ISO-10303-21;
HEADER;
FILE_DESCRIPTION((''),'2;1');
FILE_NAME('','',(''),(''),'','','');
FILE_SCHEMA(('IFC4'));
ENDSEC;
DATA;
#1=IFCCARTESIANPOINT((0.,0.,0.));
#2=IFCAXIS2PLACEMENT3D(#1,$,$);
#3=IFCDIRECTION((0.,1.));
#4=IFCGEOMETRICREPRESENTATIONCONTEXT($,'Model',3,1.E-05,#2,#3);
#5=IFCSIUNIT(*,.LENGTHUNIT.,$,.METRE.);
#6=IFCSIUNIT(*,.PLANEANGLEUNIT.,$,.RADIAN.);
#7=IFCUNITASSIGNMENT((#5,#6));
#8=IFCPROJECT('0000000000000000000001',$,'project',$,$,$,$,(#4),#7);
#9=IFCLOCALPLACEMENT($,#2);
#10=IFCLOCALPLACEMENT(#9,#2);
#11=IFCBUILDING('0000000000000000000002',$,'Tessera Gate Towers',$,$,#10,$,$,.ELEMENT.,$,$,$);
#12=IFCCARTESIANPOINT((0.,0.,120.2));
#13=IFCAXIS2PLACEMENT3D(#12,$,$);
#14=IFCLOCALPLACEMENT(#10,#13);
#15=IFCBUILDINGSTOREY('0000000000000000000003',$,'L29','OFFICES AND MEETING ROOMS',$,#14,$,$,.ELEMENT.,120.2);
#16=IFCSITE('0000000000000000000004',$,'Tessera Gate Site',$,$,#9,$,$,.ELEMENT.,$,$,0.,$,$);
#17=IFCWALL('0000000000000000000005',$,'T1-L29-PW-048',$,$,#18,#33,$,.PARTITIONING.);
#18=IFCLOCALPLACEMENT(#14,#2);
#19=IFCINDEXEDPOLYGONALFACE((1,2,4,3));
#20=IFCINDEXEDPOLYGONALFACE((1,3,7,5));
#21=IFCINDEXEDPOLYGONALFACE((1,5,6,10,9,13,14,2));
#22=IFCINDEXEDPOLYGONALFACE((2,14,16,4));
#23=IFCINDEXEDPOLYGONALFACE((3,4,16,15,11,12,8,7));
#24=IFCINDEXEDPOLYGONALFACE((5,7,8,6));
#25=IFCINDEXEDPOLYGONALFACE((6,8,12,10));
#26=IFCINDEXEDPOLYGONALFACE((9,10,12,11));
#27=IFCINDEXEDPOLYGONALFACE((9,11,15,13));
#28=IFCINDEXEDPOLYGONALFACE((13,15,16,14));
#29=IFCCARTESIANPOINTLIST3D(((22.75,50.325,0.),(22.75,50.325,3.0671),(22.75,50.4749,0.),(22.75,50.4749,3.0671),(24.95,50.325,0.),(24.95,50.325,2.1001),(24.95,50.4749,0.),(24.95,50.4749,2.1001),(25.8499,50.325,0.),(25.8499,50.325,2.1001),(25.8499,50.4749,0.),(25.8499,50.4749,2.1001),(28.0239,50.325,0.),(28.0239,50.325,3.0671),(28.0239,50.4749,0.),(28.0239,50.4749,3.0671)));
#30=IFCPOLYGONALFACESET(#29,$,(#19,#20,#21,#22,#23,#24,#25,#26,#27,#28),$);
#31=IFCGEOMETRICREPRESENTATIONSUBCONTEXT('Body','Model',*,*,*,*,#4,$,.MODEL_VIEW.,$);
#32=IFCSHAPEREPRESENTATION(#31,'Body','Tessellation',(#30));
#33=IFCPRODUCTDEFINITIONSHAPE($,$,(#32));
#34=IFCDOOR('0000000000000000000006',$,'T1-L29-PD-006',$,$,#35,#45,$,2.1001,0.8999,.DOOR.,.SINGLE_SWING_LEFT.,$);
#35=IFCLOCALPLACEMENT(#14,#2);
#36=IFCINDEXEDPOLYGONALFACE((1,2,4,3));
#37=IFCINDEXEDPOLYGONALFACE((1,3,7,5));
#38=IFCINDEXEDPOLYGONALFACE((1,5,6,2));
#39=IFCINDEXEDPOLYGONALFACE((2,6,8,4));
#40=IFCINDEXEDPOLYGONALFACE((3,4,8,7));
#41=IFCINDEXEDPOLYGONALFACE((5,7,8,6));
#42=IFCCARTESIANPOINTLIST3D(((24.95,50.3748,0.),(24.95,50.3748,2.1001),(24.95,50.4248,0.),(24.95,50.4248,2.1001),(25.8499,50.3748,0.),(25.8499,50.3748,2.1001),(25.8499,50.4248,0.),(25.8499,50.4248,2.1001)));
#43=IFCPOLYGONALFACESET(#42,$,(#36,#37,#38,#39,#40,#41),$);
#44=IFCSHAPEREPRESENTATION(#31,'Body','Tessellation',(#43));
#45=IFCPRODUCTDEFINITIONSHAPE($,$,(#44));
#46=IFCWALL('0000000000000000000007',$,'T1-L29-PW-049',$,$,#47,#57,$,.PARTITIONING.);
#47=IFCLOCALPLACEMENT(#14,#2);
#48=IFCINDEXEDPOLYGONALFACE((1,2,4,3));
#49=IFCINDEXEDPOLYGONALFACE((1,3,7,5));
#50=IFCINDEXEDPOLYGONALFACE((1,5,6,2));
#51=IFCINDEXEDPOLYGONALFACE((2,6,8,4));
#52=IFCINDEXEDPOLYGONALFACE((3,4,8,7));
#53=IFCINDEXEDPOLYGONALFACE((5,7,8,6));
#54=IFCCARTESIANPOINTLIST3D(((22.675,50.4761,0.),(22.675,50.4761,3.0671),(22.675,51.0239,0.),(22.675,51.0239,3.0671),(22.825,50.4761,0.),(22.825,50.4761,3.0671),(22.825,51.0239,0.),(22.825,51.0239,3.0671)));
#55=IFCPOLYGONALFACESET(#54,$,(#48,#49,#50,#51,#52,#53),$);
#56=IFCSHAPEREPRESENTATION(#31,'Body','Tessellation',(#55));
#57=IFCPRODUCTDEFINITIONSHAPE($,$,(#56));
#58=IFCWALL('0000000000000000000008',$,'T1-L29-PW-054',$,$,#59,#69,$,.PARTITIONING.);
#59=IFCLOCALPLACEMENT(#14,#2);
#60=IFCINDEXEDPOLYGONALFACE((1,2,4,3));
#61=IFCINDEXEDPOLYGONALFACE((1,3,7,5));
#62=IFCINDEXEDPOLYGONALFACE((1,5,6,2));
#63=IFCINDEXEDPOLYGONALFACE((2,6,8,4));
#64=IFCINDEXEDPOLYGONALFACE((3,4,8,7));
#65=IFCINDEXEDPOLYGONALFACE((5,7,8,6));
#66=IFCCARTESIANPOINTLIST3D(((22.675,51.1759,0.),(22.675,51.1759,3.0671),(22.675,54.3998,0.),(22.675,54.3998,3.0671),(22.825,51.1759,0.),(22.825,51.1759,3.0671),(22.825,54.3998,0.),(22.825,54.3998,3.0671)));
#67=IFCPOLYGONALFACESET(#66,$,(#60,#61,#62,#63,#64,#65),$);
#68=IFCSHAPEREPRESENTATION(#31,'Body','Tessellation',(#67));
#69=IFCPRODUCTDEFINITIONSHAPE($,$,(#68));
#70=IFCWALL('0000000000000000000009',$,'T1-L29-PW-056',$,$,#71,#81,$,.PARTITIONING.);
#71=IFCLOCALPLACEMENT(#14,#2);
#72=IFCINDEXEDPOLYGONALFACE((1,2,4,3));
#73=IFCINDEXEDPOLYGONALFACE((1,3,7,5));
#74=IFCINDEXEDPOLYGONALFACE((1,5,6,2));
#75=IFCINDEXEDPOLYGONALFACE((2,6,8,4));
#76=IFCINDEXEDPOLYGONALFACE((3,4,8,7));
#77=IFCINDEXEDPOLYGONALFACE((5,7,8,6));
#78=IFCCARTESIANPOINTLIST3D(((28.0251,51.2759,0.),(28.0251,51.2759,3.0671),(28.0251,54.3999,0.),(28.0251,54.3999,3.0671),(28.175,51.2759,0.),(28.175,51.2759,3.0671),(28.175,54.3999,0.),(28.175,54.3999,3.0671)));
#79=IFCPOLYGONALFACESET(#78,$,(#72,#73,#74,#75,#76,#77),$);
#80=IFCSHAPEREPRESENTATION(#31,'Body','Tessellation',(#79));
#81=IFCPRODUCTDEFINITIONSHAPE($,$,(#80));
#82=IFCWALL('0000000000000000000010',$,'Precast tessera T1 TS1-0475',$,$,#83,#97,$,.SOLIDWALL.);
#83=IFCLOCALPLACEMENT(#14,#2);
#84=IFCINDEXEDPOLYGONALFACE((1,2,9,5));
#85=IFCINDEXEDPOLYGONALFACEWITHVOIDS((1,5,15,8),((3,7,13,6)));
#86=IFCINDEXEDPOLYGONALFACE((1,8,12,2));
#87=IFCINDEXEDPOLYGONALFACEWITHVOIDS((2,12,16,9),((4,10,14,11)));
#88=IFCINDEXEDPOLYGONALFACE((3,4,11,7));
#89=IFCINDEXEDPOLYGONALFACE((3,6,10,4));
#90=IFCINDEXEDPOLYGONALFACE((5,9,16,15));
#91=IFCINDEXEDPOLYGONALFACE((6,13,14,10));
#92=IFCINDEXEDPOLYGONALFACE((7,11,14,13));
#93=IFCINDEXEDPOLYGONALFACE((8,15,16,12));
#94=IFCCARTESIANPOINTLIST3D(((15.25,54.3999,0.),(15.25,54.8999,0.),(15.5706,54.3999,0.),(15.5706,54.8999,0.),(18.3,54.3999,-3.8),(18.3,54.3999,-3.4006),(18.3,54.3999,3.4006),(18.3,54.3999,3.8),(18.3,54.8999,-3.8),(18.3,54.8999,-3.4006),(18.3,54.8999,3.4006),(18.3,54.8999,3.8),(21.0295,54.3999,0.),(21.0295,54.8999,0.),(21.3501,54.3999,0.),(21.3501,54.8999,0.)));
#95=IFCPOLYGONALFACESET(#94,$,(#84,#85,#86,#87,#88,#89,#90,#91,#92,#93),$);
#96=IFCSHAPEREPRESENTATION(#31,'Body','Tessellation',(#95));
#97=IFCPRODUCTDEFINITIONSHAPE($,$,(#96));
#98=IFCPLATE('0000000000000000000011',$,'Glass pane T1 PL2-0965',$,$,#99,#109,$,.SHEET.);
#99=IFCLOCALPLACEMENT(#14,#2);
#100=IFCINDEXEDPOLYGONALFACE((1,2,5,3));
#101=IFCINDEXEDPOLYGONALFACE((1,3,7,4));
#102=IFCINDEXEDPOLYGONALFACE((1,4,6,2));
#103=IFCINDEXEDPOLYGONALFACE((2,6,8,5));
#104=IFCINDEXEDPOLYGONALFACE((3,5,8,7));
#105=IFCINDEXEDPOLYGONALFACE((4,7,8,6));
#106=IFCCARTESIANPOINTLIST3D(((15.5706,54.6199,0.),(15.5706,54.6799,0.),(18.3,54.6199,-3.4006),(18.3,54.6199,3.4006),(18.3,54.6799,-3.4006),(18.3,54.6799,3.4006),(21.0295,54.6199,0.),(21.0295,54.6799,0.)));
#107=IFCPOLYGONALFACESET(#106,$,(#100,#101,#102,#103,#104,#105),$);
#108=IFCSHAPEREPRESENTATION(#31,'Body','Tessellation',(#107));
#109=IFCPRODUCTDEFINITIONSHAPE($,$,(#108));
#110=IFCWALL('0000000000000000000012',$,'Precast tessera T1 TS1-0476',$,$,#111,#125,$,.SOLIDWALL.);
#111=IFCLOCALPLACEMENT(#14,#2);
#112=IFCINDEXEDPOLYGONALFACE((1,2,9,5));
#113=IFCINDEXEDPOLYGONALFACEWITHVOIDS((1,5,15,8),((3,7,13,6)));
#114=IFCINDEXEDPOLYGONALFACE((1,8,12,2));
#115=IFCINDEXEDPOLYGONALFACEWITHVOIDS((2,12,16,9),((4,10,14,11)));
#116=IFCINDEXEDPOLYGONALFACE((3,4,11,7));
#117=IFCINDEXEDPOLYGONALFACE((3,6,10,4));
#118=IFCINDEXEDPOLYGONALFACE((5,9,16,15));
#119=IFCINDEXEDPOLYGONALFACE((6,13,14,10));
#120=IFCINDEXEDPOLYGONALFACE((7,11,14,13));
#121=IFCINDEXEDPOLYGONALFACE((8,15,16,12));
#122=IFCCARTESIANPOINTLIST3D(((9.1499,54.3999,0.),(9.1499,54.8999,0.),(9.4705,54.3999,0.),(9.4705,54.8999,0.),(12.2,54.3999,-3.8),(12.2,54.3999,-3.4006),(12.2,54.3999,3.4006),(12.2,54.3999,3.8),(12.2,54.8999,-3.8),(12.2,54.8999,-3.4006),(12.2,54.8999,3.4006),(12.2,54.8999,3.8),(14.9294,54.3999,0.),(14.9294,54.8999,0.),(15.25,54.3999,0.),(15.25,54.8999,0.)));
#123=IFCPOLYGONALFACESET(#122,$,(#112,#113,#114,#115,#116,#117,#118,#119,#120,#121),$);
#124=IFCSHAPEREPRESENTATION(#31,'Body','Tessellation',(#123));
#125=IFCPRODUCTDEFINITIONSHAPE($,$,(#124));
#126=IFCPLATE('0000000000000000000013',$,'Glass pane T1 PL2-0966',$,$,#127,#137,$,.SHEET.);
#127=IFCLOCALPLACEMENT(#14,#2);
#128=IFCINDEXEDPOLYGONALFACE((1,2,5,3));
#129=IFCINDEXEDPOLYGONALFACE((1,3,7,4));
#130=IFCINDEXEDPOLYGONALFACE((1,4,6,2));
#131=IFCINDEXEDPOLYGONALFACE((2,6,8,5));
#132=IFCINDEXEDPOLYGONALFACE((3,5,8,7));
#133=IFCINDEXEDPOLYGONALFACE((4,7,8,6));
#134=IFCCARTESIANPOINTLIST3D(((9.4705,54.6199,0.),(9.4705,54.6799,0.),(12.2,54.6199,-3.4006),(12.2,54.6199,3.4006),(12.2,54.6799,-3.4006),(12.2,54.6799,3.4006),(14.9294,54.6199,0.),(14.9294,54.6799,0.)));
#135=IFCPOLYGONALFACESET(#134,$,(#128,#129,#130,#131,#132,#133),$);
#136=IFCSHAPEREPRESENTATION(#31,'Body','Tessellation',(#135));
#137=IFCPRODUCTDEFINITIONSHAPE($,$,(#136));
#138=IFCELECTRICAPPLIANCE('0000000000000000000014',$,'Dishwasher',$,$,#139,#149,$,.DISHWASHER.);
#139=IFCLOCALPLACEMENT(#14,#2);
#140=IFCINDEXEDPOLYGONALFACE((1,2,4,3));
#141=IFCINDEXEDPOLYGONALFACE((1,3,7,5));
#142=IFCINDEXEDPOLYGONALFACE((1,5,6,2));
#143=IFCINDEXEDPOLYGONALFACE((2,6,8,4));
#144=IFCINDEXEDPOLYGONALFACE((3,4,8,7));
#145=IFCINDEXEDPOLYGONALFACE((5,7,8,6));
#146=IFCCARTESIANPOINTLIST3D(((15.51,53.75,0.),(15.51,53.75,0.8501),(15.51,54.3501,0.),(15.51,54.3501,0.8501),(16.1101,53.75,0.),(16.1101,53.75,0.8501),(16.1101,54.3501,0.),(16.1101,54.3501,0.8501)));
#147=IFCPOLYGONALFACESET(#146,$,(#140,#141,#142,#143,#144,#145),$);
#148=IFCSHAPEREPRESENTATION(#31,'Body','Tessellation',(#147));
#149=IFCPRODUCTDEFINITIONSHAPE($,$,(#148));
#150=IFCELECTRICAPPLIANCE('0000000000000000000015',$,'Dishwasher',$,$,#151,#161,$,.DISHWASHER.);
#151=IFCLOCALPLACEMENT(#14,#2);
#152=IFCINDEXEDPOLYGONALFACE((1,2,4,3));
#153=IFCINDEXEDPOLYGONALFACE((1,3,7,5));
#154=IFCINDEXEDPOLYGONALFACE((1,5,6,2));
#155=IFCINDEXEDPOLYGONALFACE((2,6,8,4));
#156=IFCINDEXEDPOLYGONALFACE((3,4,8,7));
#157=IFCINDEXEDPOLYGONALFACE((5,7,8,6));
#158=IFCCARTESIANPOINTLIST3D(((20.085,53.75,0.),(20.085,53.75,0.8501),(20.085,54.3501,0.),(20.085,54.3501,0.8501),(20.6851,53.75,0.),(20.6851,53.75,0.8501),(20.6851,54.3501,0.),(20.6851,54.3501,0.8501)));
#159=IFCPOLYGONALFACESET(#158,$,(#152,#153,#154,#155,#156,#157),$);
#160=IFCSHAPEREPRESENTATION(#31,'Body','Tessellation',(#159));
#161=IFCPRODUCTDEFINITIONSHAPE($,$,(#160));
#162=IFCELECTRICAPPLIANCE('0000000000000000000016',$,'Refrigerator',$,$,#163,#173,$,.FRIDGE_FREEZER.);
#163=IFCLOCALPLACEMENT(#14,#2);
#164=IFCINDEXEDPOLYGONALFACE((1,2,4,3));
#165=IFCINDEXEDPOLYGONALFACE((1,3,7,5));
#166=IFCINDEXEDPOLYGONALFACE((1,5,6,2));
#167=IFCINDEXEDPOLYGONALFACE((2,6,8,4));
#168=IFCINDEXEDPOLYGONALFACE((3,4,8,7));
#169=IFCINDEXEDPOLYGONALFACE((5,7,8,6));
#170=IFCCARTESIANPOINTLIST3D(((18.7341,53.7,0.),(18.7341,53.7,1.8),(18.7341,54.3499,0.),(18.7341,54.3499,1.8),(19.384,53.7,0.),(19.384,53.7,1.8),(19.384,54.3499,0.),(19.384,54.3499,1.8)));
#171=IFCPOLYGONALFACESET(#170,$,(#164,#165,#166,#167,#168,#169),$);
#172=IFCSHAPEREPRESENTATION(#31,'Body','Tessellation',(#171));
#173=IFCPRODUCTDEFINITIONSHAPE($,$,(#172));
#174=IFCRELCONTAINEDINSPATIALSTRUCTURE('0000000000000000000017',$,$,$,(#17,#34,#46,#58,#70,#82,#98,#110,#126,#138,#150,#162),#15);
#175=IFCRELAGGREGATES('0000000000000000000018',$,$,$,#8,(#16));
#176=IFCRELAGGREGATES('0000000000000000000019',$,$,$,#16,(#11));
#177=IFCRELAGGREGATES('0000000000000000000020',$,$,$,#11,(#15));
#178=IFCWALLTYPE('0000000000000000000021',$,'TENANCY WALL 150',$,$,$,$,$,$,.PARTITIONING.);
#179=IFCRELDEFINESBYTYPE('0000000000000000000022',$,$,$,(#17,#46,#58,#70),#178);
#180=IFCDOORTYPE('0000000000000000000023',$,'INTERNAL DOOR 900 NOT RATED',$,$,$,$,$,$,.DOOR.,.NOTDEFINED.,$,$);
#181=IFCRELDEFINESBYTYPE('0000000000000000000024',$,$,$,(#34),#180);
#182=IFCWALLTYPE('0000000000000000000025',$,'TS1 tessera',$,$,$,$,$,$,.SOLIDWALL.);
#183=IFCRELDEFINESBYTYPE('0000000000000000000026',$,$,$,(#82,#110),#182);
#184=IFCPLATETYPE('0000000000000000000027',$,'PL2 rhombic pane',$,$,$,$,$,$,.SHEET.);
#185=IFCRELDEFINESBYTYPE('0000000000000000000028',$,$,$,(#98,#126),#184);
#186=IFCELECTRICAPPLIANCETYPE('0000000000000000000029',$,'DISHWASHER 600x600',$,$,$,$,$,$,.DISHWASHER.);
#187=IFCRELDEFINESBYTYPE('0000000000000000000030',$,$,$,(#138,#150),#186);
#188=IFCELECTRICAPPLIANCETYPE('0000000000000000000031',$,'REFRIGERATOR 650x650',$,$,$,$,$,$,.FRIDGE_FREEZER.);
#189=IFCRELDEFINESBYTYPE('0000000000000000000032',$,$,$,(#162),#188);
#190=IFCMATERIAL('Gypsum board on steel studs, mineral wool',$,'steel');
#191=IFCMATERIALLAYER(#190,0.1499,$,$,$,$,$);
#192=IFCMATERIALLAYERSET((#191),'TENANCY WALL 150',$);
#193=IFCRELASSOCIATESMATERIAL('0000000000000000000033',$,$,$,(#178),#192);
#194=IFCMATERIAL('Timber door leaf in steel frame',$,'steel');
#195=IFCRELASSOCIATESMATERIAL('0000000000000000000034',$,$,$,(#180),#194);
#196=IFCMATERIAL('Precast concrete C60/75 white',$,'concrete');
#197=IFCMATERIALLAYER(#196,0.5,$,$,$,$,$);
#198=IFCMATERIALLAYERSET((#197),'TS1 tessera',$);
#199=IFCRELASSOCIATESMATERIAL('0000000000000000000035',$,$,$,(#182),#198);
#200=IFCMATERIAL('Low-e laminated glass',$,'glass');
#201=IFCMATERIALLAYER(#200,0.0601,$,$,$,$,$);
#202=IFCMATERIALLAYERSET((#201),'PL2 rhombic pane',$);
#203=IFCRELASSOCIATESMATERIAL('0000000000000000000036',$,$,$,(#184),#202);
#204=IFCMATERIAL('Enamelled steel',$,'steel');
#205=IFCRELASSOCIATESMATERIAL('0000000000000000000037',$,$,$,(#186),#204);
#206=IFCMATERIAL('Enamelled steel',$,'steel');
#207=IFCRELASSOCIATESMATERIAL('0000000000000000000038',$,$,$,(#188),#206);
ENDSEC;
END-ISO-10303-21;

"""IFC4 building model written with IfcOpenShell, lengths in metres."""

from ifc_helpers import new_model, si_unit, direction, frame, frame_2d, origin, origin_2d, place, context, subcontext, project, spatial, polyline, rectangle, outline, extrude, source, transform, mapped, material, layer, layer_set, type_object, element, fill, save


model = new_model("IFC4")

# Units and contexts
model_context = context("Model", 3, precision=1e-05, world=origin(), true_north=direction((0.0, 1.0)))
body_context = subcontext(model_context, "Body", "Model", "MODEL_VIEW")
ifc_project = project(units=[si_unit("LENGTHUNIT", "METRE"), si_unit("PLANEANGLEUNIT", "RADIAN")], contexts=[model_context])

# Site, building, storey
site_placement = place(None, origin())
site = spatial("IfcSite", under=ifc_project, at=site_placement, Name="Tessera Gate Site", CompositionType="ELEMENT", RefElevation=0.0)
building_placement = place(site_placement, origin())
building = spatial("IfcBuilding", under=site, at=building_placement, Name="Tessera Gate Towers", CompositionType="ELEMENT")
storey_placement = place(building_placement, frame((0.0, 0.0, 120.2)))
storey = spatial("IfcBuildingStorey", under=building, at=storey_placement, Name="L29", Description="OFFICES AND MEETING ROOMS", CompositionType="ELEMENT", Elevation=120.2)

# Shared definitions
shared_shape_1 = source(origin(), body_context, "Body", "SweptSolid", [
    extrude(rectangle(XDim=0.8999, YDim=2.1001, at=frame_2d((0.45, 1.05))), frame((0.0, 0.085, 0.0), z_axis=(0.0, -1.0, 0.0), x_axis=(1.0, 0.0, 0.0)), (0.0, 0.0, 1.0), 0.1699),
])
shared_shape_2 = source(origin(), body_context, "Body", "SweptSolid", [
    extrude(rectangle(XDim=0.8999, YDim=2.1001, at=frame_2d((0.45, 1.05))), frame((0.0, 0.0249, 0.0), z_axis=(0.0, -1.0, 0.0), x_axis=(1.0, 0.0, 0.0)), (0.0, 0.0, 1.0), 0.05),
])

# Wall, opening, door
ifc_material_1 = material(Name="Gypsum board on steel studs, mineral wool", Category="steel")
ifc_layer_1 = layer(ifc_material_1, 0.1499)
ifc_layer_set_1 = layer_set([ifc_layer_1], Name="TENANCY WALL 150")
wall_type_1 = type_object("IfcWallType", Name="TENANCY WALL 150", PredefinedType="PARTITIONING", material=ifc_layer_set_1)
wall_1_placement = place(storey_placement, frame((22.75, 50.3999, 0.0), z_axis=(0.0, 0.0, 1.0), x_axis=(1.0, 0.0, 0.0)))
wall_1 = element("IfcWall", 1, at=wall_1_placement, inside=storey, type_object=wall_type_1, Name="T1-L29-PW-048", PredefinedType="PARTITIONING", context=body_context, shape_type="SweptSolid", body=[
    extrude(rectangle(XDim=5.2739, YDim=0.1499, at=frame_2d((2.637, 0.0))), origin(), (0.0, 0.0, 1.0), 3.0671),
])
opening_1_placement = place(wall_1_placement, frame((2.2, 0.0, 0.0)))
opening_1 = element("IfcOpeningElement", 2, at=opening_1_placement, cuts=wall_1, PredefinedType="OPENING", context=body_context, shape_type="MappedRepresentation", body=[
    mapped(shared_shape_1, transform((0.0, 0.0, 0.0), scale=1.0)),
])
ifc_material_2 = material(Name="Timber door leaf in steel frame", Category="steel")
door_type_1 = type_object("IfcDoorType", Name="INTERNAL DOOR 900 NOT RATED", OperationType="NOTDEFINED", PredefinedType="DOOR", material=ifc_material_2)
door_1_placement = place(opening_1_placement, origin())
door_1 = element("IfcDoor", 3, at=door_1_placement, inside=storey, type_object=door_type_1, Name="T1-L29-PD-006", OperationType="SINGLE_SWING_LEFT", OverallHeight=2.1001, OverallWidth=0.8999, PredefinedType="DOOR", context=body_context, shape_type="MappedRepresentation", body=[
    mapped(shared_shape_2, transform((0.0, 0.0, 0.0), scale=1.0)),
])
fill(opening_1, door_1)

# Walls
wall_2_placement = place(storey_placement, frame((22.75, 50.4761, 0.0), z_axis=(0.0, 0.0, 1.0), x_axis=(0.0, 1.0, 0.0)))
element("IfcWall", 4, at=wall_2_placement, inside=storey, type_object=wall_type_1, Name="T1-L29-PW-049", PredefinedType="PARTITIONING", context=body_context, shape_type="SweptSolid", body=[
    extrude(rectangle(XDim=0.5479, YDim=0.1499, at=frame_2d((0.2739, 0.0))), origin(), (0.0, 0.0, 1.0), 3.0671),
])
wall_3_placement = place(storey_placement, frame((22.75, 51.176, 0.0), z_axis=(0.0, 0.0, 1.0), x_axis=(0.0, 1.0, 0.0)))
element("IfcWall", 5, at=wall_3_placement, inside=storey, type_object=wall_type_1, Name="T1-L29-PW-054", PredefinedType="PARTITIONING", context=body_context, shape_type="SweptSolid", body=[
    extrude(rectangle(XDim=3.2239, YDim=0.1499, at=frame_2d((1.6118, 0.0))), origin(), (0.0, 0.0, 1.0), 3.0671),
])
wall_4_placement = place(storey_placement, frame((28.1001, 51.2759, 0.0), z_axis=(0.0, 0.0, 1.0), x_axis=(0.0, 1.0, 0.0)))
element("IfcWall", 6, at=wall_4_placement, inside=storey, type_object=wall_type_1, Name="T1-L29-PW-056", PredefinedType="PARTITIONING", context=body_context, shape_type="SweptSolid", body=[
    extrude(rectangle(XDim=3.124, YDim=0.1499, at=frame_2d((1.562, 0.0))), origin(), (0.0, 0.0, 1.0), 3.0671),
])

# Walls, openings, plates
ifc_material_3 = material(Name="Precast concrete C60/75 white", Category="concrete")
ifc_layer_2 = layer(ifc_material_3, 0.5)
ifc_layer_set_2 = layer_set([ifc_layer_2], Name="TS1 tessera")
wall_type_2 = type_object("IfcWallType", Name="TS1 tessera", PredefinedType="SOLIDWALL", material=ifc_layer_set_2)
shared_shape_3 = source(origin(), body_context, "Body", "SweptSolid", [
    extrude(outline(polyline([(3.05, 0.0), (6.1001, 3.8), (3.05, 7.6001), (0.0, 3.8), (3.05, 0.0)])), frame((0.0, 0.25, 0.0), z_axis=(0.0, -1.0, 0.0), x_axis=(1.0, 0.0, 0.0)), (0.0, 0.0, 1.0), 0.5),
])
wall_5_placement = place(storey_placement, frame((21.3501, 54.6499, -3.8), z_axis=(0.0, 0.0, 1.0), x_axis=(-1.0, 0.0, 0.0)))
wall_5 = element("IfcWall", 7, at=wall_5_placement, inside=storey, type_object=wall_type_2, Name="Precast tessera T1 TS1-0475", PredefinedType="SOLIDWALL", context=body_context, shape_type="MappedRepresentation", body=[
    mapped(shared_shape_3, transform((0.0, 0.0, 0.0), scale=1.0)),
])
shared_shape_4 = source(origin(), body_context, "Body", "SweptSolid", [
    extrude(outline(polyline([(3.05, 0.3994), (5.7795, 3.8), (3.05, 7.2007), (0.3206, 3.8), (3.05, 0.3994)])), frame((0.0, 0.26, 0.0), z_axis=(0.0, -1.0, 0.0), x_axis=(1.0, 0.0, 0.0)), (0.0, 0.0, 1.0), 0.52),
])
opening_2_placement = place(wall_5_placement, origin())
opening_2 = element("IfcOpeningElement", 8, at=opening_2_placement, cuts=wall_5, PredefinedType="OPENING", context=body_context, shape_type="MappedRepresentation", body=[
    mapped(shared_shape_4, transform((0.0, 0.0, 0.0), scale=1.0)),
])
ifc_material_4 = material(Name="Low-e laminated glass", Category="glass")
ifc_layer_3 = layer(ifc_material_4, 0.0601)
ifc_layer_set_3 = layer_set([ifc_layer_3], Name="PL2 rhombic pane")
plate_type = type_object("IfcPlateType", Name="PL2 rhombic pane", PredefinedType="SHEET", material=ifc_layer_set_3)
shared_shape_5 = source(origin(), body_context, "Body", "SweptSolid", [
    extrude(outline(polyline([(3.05, 0.3994), (5.7795, 3.8), (3.05, 7.2007), (0.3206, 3.8), (3.05, 0.3994)])), frame((0.0, 0.03, 0.0), z_axis=(0.0, -1.0, 0.0), x_axis=(1.0, 0.0, 0.0)), (0.0, 0.0, 1.0), 0.0601),
])
plate_1_placement = place(opening_2_placement, origin())
plate_1 = element("IfcPlate", 9, at=plate_1_placement, inside=storey, type_object=plate_type, Name="Glass pane T1 PL2-0965", PredefinedType="SHEET", context=body_context, shape_type="MappedRepresentation", body=[
    mapped(shared_shape_5, transform((0.0, 0.0, 0.0), scale=1.0)),
])
fill(opening_2, plate_1)
wall_6_placement = place(storey_placement, frame((15.25, 54.6499, -3.8), z_axis=(0.0, 0.0, 1.0), x_axis=(-1.0, 0.0, 0.0)))
wall_6 = element("IfcWall", 10, at=wall_6_placement, inside=storey, type_object=wall_type_2, Name="Precast tessera T1 TS1-0476", PredefinedType="SOLIDWALL", context=body_context, shape_type="MappedRepresentation", body=[
    mapped(shared_shape_3, transform((0.0, 0.0, 0.0), scale=1.0)),
])
opening_3_placement = place(wall_6_placement, origin())
opening_3 = element("IfcOpeningElement", 11, at=opening_3_placement, cuts=wall_6, PredefinedType="OPENING", context=body_context, shape_type="MappedRepresentation", body=[
    mapped(shared_shape_4, transform((0.0, 0.0, 0.0), scale=1.0)),
])
plate_2_placement = place(opening_3_placement, origin())
plate_2 = element("IfcPlate", 12, at=plate_2_placement, inside=storey, type_object=plate_type, Name="Glass pane T1 PL2-0966", PredefinedType="SHEET", context=body_context, shape_type="MappedRepresentation", body=[
    mapped(shared_shape_5, transform((0.0, 0.0, 0.0), scale=1.0)),
])
fill(opening_3, plate_2)

# Electric appliances
ifc_material_5 = material(Name="Enamelled steel", Category="steel")
electric_appliance_type_1 = type_object("IfcElectricApplianceType", Name="DISHWASHER 600x600", PredefinedType="DISHWASHER", material=ifc_material_5)
for number, where, z_axis, x_axis, name in (
    (13, (15.8101, 54.05, 0.0), (0.0, 0.0, 1.0), (1.0, 0.0, 0.0), "Dishwasher"),
    (14, (20.385, 54.05, 0.0), (0.0, 0.0, 1.0), (1.0, 0.0, 0.0), "Dishwasher"),
):
    element("IfcElectricAppliance", number, at=place(storey_placement, frame(where, z_axis=z_axis, x_axis=x_axis)), inside=storey, type_object=electric_appliance_type_1, Name=name, PredefinedType="DISHWASHER", context=body_context, shape_type="SweptSolid", body=[
        extrude(rectangle(XDim=0.6001, YDim=0.6001, at=origin_2d()), origin(), (0.0, 0.0, 1.0), 0.8501),
    ])
ifc_material_6 = material(Name="Enamelled steel", Category="steel")
electric_appliance_type_2 = type_object("IfcElectricApplianceType", Name="REFRIGERATOR 650x650", PredefinedType="FRIDGE_FREEZER", material=ifc_material_6)
electric_appliance_placement = place(storey_placement, frame((19.0591, 54.0249, 0.0), z_axis=(0.0, 0.0, 1.0), x_axis=(1.0, 0.0, 0.0)))
element("IfcElectricAppliance", 15, at=electric_appliance_placement, inside=storey, type_object=electric_appliance_type_2, Name="Refrigerator", PredefinedType="FRIDGE_FREEZER", context=body_context, shape_type="SweptSolid", body=[
    extrude(rectangle(XDim=0.6499, YDim=0.6499, at=origin_2d()), origin(), (0.0, 0.0, 1.0), 1.8),
])

save(model, "model.ifc")
